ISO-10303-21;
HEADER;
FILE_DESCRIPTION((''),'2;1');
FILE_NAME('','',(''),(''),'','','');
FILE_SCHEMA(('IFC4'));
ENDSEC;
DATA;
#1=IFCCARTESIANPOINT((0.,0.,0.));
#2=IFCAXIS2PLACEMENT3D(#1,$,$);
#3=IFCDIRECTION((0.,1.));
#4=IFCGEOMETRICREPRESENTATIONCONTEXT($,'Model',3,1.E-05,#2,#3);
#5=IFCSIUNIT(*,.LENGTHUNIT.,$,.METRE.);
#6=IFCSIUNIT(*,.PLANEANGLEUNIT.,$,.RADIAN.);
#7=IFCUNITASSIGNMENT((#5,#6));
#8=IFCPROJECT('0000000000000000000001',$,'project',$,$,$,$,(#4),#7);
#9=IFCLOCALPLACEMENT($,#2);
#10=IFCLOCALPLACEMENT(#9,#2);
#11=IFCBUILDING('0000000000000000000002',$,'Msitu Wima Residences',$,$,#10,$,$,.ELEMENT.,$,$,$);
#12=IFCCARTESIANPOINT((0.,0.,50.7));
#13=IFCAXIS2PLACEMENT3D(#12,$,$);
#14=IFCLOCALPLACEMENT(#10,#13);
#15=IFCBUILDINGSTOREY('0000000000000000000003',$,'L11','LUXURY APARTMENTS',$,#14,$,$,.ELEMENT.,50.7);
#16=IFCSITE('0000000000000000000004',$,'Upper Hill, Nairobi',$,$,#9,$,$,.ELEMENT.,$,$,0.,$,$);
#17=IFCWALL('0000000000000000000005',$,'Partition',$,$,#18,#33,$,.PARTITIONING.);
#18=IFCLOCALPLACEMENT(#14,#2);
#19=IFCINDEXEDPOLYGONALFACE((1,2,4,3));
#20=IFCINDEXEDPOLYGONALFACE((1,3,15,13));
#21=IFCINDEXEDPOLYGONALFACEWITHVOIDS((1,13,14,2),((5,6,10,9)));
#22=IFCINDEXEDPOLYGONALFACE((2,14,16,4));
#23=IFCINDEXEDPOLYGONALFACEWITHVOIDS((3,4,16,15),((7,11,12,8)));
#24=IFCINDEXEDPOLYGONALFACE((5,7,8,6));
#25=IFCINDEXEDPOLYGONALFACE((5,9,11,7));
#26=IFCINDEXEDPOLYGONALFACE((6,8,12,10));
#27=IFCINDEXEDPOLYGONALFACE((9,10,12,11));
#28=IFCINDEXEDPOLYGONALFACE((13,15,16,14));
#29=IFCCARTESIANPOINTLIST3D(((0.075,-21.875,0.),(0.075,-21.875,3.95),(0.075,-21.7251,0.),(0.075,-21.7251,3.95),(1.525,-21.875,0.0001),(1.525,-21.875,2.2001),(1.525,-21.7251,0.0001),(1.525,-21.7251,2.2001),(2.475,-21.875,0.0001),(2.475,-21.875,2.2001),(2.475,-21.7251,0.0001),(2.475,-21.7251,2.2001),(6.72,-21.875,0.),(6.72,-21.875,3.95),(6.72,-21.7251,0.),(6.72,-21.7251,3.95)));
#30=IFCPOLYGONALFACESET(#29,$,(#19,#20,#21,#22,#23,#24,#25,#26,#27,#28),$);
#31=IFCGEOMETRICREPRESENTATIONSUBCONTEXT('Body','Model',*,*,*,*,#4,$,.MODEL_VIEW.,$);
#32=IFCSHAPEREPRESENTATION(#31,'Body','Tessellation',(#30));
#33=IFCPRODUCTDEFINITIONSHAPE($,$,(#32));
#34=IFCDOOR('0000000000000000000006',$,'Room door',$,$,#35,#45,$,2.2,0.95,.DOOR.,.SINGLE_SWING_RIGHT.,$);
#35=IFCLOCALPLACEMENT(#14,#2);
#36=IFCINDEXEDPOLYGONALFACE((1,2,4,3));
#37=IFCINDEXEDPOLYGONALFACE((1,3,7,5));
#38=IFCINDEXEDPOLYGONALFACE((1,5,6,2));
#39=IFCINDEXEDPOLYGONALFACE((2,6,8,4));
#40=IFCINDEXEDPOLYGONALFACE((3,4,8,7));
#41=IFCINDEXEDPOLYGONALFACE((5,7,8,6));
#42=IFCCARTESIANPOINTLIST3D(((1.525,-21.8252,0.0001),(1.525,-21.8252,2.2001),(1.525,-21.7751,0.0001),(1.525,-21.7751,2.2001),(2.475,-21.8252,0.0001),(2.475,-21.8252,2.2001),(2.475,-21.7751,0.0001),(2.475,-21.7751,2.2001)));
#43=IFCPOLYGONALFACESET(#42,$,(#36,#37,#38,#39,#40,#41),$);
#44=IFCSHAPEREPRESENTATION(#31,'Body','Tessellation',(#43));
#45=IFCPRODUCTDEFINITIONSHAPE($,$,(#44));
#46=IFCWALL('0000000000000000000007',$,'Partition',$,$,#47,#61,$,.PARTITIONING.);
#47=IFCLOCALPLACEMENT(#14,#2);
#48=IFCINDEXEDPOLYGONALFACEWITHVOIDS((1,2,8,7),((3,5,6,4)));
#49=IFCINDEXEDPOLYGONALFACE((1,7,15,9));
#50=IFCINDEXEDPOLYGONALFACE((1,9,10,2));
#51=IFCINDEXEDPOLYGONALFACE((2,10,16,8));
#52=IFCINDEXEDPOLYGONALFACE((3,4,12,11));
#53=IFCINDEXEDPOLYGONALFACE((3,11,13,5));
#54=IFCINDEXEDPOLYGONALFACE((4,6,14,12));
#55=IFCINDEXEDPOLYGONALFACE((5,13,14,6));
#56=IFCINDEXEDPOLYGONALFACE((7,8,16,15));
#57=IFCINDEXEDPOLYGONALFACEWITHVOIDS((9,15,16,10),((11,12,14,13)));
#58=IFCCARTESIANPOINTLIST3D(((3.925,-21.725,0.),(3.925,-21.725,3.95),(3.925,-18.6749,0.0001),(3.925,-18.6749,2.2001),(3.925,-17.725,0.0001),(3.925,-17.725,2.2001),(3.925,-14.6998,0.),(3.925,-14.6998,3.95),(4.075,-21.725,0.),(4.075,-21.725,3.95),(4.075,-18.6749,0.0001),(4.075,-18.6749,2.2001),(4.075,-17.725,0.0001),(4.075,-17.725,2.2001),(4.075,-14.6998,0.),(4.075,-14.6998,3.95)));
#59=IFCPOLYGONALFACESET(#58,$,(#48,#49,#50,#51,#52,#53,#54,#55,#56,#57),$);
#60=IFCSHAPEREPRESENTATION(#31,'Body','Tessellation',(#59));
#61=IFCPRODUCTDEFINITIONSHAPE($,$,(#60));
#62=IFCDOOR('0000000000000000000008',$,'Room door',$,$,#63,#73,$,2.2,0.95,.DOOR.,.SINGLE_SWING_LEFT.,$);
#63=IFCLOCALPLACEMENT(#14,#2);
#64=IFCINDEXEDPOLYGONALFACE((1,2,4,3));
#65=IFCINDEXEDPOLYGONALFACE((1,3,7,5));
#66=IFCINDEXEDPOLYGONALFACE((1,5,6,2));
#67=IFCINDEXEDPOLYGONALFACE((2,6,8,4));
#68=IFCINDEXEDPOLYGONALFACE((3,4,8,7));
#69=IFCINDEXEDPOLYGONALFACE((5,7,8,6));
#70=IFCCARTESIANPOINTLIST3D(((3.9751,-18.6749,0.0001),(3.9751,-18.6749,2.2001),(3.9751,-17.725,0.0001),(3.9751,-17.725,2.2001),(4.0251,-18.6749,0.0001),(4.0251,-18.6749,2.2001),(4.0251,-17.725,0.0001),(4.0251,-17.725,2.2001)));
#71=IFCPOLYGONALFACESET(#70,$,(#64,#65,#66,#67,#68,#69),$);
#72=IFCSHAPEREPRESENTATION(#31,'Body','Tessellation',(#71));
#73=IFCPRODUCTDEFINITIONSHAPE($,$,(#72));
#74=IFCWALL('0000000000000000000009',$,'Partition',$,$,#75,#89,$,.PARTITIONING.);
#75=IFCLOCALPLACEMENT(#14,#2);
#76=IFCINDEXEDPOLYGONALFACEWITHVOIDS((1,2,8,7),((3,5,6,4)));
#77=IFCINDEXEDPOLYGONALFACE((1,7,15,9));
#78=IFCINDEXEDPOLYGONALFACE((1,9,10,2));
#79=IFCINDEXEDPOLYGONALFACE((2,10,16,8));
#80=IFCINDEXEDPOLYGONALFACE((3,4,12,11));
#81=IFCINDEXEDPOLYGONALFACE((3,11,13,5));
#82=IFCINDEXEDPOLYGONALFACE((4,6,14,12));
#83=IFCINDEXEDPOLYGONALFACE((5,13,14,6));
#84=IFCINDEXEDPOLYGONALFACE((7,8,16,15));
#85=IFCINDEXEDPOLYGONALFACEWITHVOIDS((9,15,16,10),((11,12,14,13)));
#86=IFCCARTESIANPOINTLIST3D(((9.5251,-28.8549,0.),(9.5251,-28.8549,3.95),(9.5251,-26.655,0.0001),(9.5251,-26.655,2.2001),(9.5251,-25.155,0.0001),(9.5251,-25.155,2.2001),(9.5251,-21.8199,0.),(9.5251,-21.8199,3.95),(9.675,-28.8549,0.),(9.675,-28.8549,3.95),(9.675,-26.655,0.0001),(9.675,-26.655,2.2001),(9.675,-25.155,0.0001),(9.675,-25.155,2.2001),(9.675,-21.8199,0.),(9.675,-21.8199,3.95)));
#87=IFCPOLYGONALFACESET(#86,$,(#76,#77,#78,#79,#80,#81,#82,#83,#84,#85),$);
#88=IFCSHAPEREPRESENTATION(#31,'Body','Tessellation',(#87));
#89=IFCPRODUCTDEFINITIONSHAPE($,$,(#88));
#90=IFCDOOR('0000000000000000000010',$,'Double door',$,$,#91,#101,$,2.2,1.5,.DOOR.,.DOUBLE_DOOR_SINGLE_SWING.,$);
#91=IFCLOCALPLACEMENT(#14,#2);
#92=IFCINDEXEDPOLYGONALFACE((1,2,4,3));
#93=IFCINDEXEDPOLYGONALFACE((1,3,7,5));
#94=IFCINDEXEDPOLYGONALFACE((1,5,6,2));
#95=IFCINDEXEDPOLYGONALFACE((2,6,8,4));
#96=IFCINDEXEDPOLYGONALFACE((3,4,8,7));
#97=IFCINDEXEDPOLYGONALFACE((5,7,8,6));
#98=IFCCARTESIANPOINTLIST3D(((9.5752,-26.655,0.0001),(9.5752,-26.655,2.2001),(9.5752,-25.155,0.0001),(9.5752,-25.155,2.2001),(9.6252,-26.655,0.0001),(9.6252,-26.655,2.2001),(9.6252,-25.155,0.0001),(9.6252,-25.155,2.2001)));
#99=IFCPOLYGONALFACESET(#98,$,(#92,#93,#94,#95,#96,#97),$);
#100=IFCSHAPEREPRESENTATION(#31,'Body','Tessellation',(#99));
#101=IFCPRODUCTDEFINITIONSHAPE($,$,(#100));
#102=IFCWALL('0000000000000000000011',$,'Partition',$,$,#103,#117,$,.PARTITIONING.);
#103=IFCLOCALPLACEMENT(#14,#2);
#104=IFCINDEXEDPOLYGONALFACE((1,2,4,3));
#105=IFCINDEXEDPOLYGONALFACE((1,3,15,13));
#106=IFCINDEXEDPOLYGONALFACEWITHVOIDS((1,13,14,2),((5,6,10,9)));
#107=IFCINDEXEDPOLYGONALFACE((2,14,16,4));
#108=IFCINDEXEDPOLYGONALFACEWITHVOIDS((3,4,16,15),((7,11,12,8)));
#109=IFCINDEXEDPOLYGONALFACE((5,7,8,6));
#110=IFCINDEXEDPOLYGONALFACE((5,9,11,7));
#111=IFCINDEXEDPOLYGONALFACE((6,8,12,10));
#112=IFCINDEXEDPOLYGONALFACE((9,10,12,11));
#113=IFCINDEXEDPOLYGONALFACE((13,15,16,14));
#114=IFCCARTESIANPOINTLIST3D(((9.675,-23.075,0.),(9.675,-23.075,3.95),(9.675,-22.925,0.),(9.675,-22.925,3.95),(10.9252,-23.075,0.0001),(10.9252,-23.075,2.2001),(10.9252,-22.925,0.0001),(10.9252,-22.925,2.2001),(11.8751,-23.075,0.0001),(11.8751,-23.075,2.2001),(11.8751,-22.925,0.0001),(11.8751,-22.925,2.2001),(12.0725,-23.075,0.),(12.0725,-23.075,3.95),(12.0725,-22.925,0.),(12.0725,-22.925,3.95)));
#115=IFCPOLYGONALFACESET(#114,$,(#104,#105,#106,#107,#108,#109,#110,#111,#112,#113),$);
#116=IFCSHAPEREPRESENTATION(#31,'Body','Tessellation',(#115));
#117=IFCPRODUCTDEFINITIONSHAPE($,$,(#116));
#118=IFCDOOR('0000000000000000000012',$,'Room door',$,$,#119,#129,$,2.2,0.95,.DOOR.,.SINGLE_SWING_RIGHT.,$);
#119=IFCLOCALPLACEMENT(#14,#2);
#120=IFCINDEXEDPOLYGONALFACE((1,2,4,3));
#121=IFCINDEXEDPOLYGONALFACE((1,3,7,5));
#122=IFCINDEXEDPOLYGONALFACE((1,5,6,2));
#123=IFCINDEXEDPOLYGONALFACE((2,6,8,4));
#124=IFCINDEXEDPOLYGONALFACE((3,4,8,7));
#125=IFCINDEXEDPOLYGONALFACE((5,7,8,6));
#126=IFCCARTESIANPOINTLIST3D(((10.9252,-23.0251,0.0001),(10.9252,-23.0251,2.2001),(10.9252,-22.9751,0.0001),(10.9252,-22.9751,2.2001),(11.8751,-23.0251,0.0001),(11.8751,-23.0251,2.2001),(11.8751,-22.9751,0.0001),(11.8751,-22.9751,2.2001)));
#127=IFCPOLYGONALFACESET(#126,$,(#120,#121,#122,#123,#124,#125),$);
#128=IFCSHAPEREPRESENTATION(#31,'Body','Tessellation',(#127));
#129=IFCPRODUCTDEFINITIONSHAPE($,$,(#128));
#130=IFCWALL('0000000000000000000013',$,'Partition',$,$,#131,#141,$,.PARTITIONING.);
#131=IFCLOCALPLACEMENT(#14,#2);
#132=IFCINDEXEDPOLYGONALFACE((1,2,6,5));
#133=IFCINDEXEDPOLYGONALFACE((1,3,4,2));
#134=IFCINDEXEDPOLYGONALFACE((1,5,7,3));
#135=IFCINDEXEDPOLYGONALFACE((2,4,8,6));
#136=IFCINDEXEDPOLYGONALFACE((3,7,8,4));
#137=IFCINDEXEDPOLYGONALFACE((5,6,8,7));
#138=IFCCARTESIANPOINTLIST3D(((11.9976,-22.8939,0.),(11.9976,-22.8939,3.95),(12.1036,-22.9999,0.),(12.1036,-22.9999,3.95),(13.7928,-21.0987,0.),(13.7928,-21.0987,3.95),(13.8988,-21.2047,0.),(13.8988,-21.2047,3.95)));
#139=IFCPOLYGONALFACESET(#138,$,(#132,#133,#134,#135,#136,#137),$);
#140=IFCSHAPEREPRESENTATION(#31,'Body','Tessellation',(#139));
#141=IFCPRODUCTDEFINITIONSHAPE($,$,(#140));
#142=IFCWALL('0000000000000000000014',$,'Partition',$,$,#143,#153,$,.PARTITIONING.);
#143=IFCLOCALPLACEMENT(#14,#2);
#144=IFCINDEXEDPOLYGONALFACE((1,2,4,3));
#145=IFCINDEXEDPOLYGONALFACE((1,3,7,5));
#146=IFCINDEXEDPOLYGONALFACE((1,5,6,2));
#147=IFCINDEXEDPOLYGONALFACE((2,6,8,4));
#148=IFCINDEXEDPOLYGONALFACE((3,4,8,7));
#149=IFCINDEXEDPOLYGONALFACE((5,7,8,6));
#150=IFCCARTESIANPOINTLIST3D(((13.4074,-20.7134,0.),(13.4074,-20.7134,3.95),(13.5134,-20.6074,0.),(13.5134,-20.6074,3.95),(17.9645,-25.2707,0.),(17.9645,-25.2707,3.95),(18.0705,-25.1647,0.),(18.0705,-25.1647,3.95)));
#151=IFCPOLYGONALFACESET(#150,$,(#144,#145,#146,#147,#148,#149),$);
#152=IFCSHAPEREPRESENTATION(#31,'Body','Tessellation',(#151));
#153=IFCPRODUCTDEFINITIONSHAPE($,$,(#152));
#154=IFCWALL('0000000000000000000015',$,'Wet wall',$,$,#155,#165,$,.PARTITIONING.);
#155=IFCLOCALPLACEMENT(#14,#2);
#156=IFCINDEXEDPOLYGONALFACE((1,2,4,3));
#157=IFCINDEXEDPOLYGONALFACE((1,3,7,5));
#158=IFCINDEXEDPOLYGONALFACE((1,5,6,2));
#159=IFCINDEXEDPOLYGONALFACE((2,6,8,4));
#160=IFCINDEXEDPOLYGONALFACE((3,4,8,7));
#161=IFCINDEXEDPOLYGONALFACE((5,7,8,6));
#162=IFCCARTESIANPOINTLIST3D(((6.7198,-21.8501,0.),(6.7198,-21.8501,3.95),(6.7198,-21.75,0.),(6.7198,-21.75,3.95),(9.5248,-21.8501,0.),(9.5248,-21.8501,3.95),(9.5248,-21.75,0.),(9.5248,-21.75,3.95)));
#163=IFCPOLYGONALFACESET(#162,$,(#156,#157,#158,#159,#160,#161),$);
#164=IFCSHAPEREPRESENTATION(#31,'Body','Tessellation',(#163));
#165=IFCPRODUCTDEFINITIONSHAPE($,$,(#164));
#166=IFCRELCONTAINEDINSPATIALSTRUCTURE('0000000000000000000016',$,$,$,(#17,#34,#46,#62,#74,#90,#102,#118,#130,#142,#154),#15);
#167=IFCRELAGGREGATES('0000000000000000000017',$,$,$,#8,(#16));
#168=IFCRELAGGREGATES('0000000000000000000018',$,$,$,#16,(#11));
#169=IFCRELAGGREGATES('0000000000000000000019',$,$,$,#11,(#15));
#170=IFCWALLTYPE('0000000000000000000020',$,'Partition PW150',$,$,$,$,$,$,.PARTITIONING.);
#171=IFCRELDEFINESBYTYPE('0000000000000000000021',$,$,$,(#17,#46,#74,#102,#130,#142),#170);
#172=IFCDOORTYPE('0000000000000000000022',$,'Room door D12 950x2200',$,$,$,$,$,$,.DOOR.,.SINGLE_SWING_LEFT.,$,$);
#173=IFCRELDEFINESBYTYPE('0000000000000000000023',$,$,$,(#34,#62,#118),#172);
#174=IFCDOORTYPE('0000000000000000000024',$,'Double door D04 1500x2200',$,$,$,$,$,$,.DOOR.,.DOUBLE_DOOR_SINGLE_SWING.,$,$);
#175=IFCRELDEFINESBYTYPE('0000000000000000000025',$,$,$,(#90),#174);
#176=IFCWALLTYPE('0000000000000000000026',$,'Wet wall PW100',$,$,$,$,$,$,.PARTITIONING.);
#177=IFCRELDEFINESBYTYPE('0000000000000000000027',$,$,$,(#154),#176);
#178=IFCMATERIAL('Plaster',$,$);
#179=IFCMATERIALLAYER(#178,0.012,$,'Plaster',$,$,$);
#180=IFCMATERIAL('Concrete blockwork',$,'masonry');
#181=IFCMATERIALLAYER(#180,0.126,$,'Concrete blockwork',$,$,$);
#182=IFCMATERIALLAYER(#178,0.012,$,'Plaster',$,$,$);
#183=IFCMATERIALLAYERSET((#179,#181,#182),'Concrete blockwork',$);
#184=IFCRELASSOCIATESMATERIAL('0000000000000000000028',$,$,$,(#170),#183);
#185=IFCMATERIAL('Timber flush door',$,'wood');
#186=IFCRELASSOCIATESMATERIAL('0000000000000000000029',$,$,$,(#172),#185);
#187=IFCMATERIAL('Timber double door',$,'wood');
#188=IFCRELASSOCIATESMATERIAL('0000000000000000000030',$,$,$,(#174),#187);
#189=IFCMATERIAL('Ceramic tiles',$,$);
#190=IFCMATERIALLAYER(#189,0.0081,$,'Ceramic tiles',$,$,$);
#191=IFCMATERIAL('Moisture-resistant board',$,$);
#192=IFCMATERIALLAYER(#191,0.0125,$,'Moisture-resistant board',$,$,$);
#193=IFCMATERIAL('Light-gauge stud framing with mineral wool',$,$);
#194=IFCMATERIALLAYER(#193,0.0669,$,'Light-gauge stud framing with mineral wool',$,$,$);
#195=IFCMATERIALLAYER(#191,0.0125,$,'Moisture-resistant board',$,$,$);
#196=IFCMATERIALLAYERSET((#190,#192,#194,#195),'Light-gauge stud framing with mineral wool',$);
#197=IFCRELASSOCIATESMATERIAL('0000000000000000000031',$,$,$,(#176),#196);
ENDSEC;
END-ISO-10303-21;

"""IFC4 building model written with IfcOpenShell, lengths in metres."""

from ifc_helpers import new_model, si_unit, direction, frame, frame_2d, origin, place, context, subcontext, project, spatial, rectangle, extrude, material, layer, layer_set, type_object, element, fill, save


model = new_model("IFC4")

# Units and contexts
model_context = context("Model", 3, precision=1e-05, world=origin(), true_north=direction((0.0, 1.0)))
body_context = subcontext(model_context, "Body", "Model", "MODEL_VIEW")
ifc_project = project(units=[si_unit("LENGTHUNIT", "METRE"), si_unit("PLANEANGLEUNIT", "RADIAN")], contexts=[model_context])

# Site, building, storey
site_placement = place(None, origin())
site = spatial("IfcSite", under=ifc_project, at=site_placement, Name="Upper Hill, Nairobi", CompositionType="ELEMENT", RefElevation=0.0)
building_placement = place(site_placement, origin())
building = spatial("IfcBuilding", under=site, at=building_placement, Name="Msitu Wima Residences", CompositionType="ELEMENT")
storey_placement = place(building_placement, frame((0.0, 0.0, 50.7)))
storey = spatial("IfcBuildingStorey", under=building, at=storey_placement, Name="L11", Description="LUXURY APARTMENTS", CompositionType="ELEMENT", Elevation=50.7)

# Walls, openings, doors
ifc_material_1 = material(Name="Plaster")
ifc_layer_1 = layer(ifc_material_1, 0.012, Name="Plaster")
ifc_material_2 = material(Name="Concrete blockwork", Category="masonry")
ifc_layer_2 = layer(ifc_material_2, 0.126, Name="Concrete blockwork")
ifc_layer_3 = layer(ifc_material_1, 0.012, Name="Plaster")
ifc_layer_set_1 = layer_set([ifc_layer_1, ifc_layer_2, ifc_layer_3], Name="Concrete blockwork")
wall_type_1 = type_object("IfcWallType", Name="Partition PW150", PredefinedType="PARTITIONING", material=ifc_layer_set_1)
ifc_material_3 = material(Name="Timber flush door", Category="wood")
door_type_1 = type_object("IfcDoorType", Name="Room door D12 950x2200", OperationType="SINGLE_SWING_LEFT", PredefinedType="DOOR", material=ifc_material_3)
wall_1_placement = place(storey_placement, frame((0.075, -21.8, 0.0), z_axis=(0.0, 0.0, 1.0), x_axis=(1.0, 0.0, 0.0)))
wall_1 = element("IfcWall", 1, at=wall_1_placement, inside=storey, type_object=wall_type_1, Name="Partition", PredefinedType="PARTITIONING", context=body_context, shape_type="SweptSolid", body=[
    extrude(rectangle(XDim=6.645, YDim=0.1499, at=frame_2d((3.3225, 0.0))), origin(), (0.0, 0.0, 1.0), 3.95),
])
opening_1_placement = place(wall_1_placement, frame((1.45, 0.0, 0.0)))
opening_1 = element("IfcOpeningElement", 2, at=opening_1_placement, cuts=wall_1, PredefinedType="OPENING", context=body_context, shape_type="SweptSolid", body=[
    extrude(rectangle(XDim=0.95, YDim=2.2, at=frame_2d((0.4751, 1.1001))), frame((0.0, 0.085, 0.0), z_axis=(0.0, -1.0, 0.0), x_axis=(1.0, 0.0, 0.0)), (0.0, 0.0, 1.0), 0.1699),
])
door_1_placement = place(opening_1_placement, origin())
door_1 = element("IfcDoor", 3, at=door_1_placement, inside=storey, type_object=door_type_1, Name="Room door", OperationType="SINGLE_SWING_RIGHT", OverallHeight=2.2, OverallWidth=0.95, PredefinedType="DOOR", context=body_context, shape_type="SweptSolid", body=[
    extrude(rectangle(XDim=0.95, YDim=2.2, at=frame_2d((0.4751, 1.1001))), frame((0.0, 0.0249, 0.0), z_axis=(0.0, -1.0, 0.0), x_axis=(1.0, 0.0, 0.0)), (0.0, 0.0, 1.0), 0.05),
])
fill(opening_1, door_1)
wall_2_placement = place(storey_placement, frame((4.0, -21.7251, 0.0), z_axis=(0.0, 0.0, 1.0), x_axis=(0.0, 1.0, 0.0)))
wall_2 = element("IfcWall", 4, at=wall_2_placement, inside=storey, type_object=wall_type_1, Name="Partition", PredefinedType="PARTITIONING", context=body_context, shape_type="SweptSolid", body=[
    extrude(rectangle(XDim=7.0251, YDim=0.1499, at=frame_2d((3.5127, 0.0))), origin(), (0.0, 0.0, 1.0), 3.95),
])
opening_2_placement = place(wall_2_placement, frame((3.05, 0.0, 0.0)))
opening_2 = element("IfcOpeningElement", 5, at=opening_2_placement, cuts=wall_2, PredefinedType="OPENING", context=body_context, shape_type="SweptSolid", body=[
    extrude(rectangle(XDim=0.95, YDim=2.2, at=frame_2d((0.4751, 1.1001))), frame((0.0, 0.085, 0.0), z_axis=(0.0, -1.0, 0.0), x_axis=(1.0, 0.0, 0.0)), (0.0, 0.0, 1.0), 0.1699),
])
door_2_placement = place(opening_2_placement, origin())
door_2 = element("IfcDoor", 6, at=door_2_placement, inside=storey, type_object=door_type_1, Name="Room door", OperationType="SINGLE_SWING_LEFT", OverallHeight=2.2, OverallWidth=0.95, PredefinedType="DOOR", context=body_context, shape_type="SweptSolid", body=[
    extrude(rectangle(XDim=0.95, YDim=2.2, at=frame_2d((0.4751, 1.1001))), frame((0.0, 0.0249, 0.0), z_axis=(0.0, -1.0, 0.0), x_axis=(1.0, 0.0, 0.0)), (0.0, 0.0, 1.0), 0.05),
])
fill(opening_2, door_2)
wall_3_placement = place(storey_placement, frame((9.6001, -28.855, 0.0), z_axis=(0.0, 0.0, 1.0), x_axis=(0.0, 1.0, 0.0)))
wall_3 = element("IfcWall", 7, at=wall_3_placement, inside=storey, type_object=wall_type_1, Name="Partition", PredefinedType="PARTITIONING", context=body_context, shape_type="SweptSolid", body=[
    extrude(rectangle(XDim=7.0349, YDim=0.1499, at=frame_2d((3.5176, 0.0))), origin(), (0.0, 0.0, 1.0), 3.95),
])
opening_3_placement = place(wall_3_placement, frame((2.2, 0.0, 0.0)))
opening_3 = element("IfcOpeningElement", 8, at=opening_3_placement, cuts=wall_3, PredefinedType="OPENING", context=body_context, shape_type="SweptSolid", body=[
    extrude(rectangle(XDim=1.5, YDim=2.2, at=frame_2d((0.75, 1.1001))), frame((0.0, 0.085, 0.0), z_axis=(0.0, -1.0, 0.0), x_axis=(1.0, 0.0, 0.0)), (0.0, 0.0, 1.0), 0.1699),
])
ifc_material_4 = material(Name="Timber double door", Category="wood")
door_type_2 = type_object("IfcDoorType", Name="Double door D04 1500x2200", OperationType="DOUBLE_DOOR_SINGLE_SWING", PredefinedType="DOOR", material=ifc_material_4)
door_3_placement = place(opening_3_placement, origin())
door_3 = element("IfcDoor", 9, at=door_3_placement, inside=storey, type_object=door_type_2, Name="Double door", OperationType="DOUBLE_DOOR_SINGLE_SWING", OverallHeight=2.2, OverallWidth=1.5, PredefinedType="DOOR", context=body_context, shape_type="SweptSolid", body=[
    extrude(rectangle(XDim=1.5, YDim=2.2, at=frame_2d((0.75, 1.1001))), frame((0.0, 0.0249, 0.0), z_axis=(0.0, -1.0, 0.0), x_axis=(1.0, 0.0, 0.0)), (0.0, 0.0, 1.0), 0.05),
])
fill(opening_3, door_3)
wall_4_placement = place(storey_placement, frame((9.675, -23.0, 0.0), z_axis=(0.0, 0.0, 1.0), x_axis=(1.0, 0.0, 0.0)))
wall_4 = element("IfcWall", 10, at=wall_4_placement, inside=storey, type_object=wall_type_1, Name="Partition", PredefinedType="PARTITIONING", context=body_context, shape_type="SweptSolid", body=[
    extrude(rectangle(XDim=2.3975, YDim=0.1499, at=frame_2d((1.1987, 0.0))), origin(), (0.0, 0.0, 1.0), 3.95),
])
opening_4_placement = place(wall_4_placement, frame((1.25, 0.0, 0.0)))
opening_4 = element("IfcOpeningElement", 11, at=opening_4_placement, cuts=wall_4, PredefinedType="OPENING", context=body_context, shape_type="SweptSolid", body=[
    extrude(rectangle(XDim=0.95, YDim=2.2, at=frame_2d((0.4751, 1.1001))), frame((0.0, 0.085, 0.0), z_axis=(0.0, -1.0, 0.0), x_axis=(1.0, 0.0, 0.0)), (0.0, 0.0, 1.0), 0.1699),
])
door_4_placement = place(opening_4_placement, origin())
door_4 = element("IfcDoor", 12, at=door_4_placement, inside=storey, type_object=door_type_1, Name="Room door", OperationType="SINGLE_SWING_RIGHT", OverallHeight=2.2, OverallWidth=0.95, PredefinedType="DOOR", context=body_context, shape_type="SweptSolid", body=[
    extrude(rectangle(XDim=0.95, YDim=2.2, at=frame_2d((0.4751, 1.1001))), frame((0.0, 0.0249, 0.0), z_axis=(0.0, -1.0, 0.0), x_axis=(1.0, 0.0, 0.0)), (0.0, 0.0, 1.0), 0.05),
])
fill(opening_4, door_4)

# Walls
wall_5_placement = place(storey_placement, frame((12.0505, -22.947, 0.0), z_axis=(0.0, 0.0, 1.0), x_axis=(0.707107, 0.707107, 0.0)))
element("IfcWall", 13, at=wall_5_placement, inside=storey, type_object=wall_type_1, Name="Partition", PredefinedType="PARTITIONING", context=body_context, shape_type="SweptSolid", body=[
    extrude(rectangle(XDim=2.5388, YDim=0.1499, at=frame_2d((1.2695, 0.0))), origin(), (0.0, 0.0, 1.0), 3.95),
])
wall_6_placement = place(storey_placement, frame((13.4604, -20.6604, 0.0), z_axis=(0.0, 0.0, 1.0), x_axis=(0.707088, -0.707126, 0.0)))
element("IfcWall", 14, at=wall_6_placement, inside=storey, type_object=wall_type_1, Name="Partition", PredefinedType="PARTITIONING", context=body_context, shape_type="SweptSolid", body=[
    extrude(rectangle(XDim=6.4448, YDim=0.1499, at=frame_2d((3.2224, 0.0))), origin(), (0.0, 0.0, 1.0), 3.95),
])
ifc_material_5 = material(Name="Ceramic tiles")
ifc_layer_4 = layer(ifc_material_5, 0.0081, Name="Ceramic tiles")
ifc_material_6 = material(Name="Moisture-resistant board")
ifc_layer_5 = layer(ifc_material_6, 0.0125, Name="Moisture-resistant board")
ifc_material_7 = material(Name="Light-gauge stud framing with mineral wool")
ifc_layer_6 = layer(ifc_material_7, 0.0669, Name="Light-gauge stud framing with mineral wool")
ifc_layer_7 = layer(ifc_material_6, 0.0125, Name="Moisture-resistant board")
ifc_layer_set_2 = layer_set([ifc_layer_4, ifc_layer_5, ifc_layer_6, ifc_layer_7], Name="Light-gauge stud framing with mineral wool")
wall_type_2 = type_object("IfcWallType", Name="Wet wall PW100", PredefinedType="PARTITIONING", material=ifc_layer_set_2)
wall_7_placement = place(storey_placement, frame((6.72, -21.8, 0.0), z_axis=(0.0, 0.0, 1.0), x_axis=(1.0, 0.0, 0.0)))
element("IfcWall", 15, at=wall_7_placement, inside=storey, type_object=wall_type_2, Name="Wet wall", PredefinedType="PARTITIONING", context=body_context, shape_type="SweptSolid", body=[
    extrude(rectangle(XDim=2.8049, YDim=0.1001, at=frame_2d((1.4023, 0.0))), origin(), (0.0, 0.0, 1.0), 3.95),
])

save(model, "model.ifc")
